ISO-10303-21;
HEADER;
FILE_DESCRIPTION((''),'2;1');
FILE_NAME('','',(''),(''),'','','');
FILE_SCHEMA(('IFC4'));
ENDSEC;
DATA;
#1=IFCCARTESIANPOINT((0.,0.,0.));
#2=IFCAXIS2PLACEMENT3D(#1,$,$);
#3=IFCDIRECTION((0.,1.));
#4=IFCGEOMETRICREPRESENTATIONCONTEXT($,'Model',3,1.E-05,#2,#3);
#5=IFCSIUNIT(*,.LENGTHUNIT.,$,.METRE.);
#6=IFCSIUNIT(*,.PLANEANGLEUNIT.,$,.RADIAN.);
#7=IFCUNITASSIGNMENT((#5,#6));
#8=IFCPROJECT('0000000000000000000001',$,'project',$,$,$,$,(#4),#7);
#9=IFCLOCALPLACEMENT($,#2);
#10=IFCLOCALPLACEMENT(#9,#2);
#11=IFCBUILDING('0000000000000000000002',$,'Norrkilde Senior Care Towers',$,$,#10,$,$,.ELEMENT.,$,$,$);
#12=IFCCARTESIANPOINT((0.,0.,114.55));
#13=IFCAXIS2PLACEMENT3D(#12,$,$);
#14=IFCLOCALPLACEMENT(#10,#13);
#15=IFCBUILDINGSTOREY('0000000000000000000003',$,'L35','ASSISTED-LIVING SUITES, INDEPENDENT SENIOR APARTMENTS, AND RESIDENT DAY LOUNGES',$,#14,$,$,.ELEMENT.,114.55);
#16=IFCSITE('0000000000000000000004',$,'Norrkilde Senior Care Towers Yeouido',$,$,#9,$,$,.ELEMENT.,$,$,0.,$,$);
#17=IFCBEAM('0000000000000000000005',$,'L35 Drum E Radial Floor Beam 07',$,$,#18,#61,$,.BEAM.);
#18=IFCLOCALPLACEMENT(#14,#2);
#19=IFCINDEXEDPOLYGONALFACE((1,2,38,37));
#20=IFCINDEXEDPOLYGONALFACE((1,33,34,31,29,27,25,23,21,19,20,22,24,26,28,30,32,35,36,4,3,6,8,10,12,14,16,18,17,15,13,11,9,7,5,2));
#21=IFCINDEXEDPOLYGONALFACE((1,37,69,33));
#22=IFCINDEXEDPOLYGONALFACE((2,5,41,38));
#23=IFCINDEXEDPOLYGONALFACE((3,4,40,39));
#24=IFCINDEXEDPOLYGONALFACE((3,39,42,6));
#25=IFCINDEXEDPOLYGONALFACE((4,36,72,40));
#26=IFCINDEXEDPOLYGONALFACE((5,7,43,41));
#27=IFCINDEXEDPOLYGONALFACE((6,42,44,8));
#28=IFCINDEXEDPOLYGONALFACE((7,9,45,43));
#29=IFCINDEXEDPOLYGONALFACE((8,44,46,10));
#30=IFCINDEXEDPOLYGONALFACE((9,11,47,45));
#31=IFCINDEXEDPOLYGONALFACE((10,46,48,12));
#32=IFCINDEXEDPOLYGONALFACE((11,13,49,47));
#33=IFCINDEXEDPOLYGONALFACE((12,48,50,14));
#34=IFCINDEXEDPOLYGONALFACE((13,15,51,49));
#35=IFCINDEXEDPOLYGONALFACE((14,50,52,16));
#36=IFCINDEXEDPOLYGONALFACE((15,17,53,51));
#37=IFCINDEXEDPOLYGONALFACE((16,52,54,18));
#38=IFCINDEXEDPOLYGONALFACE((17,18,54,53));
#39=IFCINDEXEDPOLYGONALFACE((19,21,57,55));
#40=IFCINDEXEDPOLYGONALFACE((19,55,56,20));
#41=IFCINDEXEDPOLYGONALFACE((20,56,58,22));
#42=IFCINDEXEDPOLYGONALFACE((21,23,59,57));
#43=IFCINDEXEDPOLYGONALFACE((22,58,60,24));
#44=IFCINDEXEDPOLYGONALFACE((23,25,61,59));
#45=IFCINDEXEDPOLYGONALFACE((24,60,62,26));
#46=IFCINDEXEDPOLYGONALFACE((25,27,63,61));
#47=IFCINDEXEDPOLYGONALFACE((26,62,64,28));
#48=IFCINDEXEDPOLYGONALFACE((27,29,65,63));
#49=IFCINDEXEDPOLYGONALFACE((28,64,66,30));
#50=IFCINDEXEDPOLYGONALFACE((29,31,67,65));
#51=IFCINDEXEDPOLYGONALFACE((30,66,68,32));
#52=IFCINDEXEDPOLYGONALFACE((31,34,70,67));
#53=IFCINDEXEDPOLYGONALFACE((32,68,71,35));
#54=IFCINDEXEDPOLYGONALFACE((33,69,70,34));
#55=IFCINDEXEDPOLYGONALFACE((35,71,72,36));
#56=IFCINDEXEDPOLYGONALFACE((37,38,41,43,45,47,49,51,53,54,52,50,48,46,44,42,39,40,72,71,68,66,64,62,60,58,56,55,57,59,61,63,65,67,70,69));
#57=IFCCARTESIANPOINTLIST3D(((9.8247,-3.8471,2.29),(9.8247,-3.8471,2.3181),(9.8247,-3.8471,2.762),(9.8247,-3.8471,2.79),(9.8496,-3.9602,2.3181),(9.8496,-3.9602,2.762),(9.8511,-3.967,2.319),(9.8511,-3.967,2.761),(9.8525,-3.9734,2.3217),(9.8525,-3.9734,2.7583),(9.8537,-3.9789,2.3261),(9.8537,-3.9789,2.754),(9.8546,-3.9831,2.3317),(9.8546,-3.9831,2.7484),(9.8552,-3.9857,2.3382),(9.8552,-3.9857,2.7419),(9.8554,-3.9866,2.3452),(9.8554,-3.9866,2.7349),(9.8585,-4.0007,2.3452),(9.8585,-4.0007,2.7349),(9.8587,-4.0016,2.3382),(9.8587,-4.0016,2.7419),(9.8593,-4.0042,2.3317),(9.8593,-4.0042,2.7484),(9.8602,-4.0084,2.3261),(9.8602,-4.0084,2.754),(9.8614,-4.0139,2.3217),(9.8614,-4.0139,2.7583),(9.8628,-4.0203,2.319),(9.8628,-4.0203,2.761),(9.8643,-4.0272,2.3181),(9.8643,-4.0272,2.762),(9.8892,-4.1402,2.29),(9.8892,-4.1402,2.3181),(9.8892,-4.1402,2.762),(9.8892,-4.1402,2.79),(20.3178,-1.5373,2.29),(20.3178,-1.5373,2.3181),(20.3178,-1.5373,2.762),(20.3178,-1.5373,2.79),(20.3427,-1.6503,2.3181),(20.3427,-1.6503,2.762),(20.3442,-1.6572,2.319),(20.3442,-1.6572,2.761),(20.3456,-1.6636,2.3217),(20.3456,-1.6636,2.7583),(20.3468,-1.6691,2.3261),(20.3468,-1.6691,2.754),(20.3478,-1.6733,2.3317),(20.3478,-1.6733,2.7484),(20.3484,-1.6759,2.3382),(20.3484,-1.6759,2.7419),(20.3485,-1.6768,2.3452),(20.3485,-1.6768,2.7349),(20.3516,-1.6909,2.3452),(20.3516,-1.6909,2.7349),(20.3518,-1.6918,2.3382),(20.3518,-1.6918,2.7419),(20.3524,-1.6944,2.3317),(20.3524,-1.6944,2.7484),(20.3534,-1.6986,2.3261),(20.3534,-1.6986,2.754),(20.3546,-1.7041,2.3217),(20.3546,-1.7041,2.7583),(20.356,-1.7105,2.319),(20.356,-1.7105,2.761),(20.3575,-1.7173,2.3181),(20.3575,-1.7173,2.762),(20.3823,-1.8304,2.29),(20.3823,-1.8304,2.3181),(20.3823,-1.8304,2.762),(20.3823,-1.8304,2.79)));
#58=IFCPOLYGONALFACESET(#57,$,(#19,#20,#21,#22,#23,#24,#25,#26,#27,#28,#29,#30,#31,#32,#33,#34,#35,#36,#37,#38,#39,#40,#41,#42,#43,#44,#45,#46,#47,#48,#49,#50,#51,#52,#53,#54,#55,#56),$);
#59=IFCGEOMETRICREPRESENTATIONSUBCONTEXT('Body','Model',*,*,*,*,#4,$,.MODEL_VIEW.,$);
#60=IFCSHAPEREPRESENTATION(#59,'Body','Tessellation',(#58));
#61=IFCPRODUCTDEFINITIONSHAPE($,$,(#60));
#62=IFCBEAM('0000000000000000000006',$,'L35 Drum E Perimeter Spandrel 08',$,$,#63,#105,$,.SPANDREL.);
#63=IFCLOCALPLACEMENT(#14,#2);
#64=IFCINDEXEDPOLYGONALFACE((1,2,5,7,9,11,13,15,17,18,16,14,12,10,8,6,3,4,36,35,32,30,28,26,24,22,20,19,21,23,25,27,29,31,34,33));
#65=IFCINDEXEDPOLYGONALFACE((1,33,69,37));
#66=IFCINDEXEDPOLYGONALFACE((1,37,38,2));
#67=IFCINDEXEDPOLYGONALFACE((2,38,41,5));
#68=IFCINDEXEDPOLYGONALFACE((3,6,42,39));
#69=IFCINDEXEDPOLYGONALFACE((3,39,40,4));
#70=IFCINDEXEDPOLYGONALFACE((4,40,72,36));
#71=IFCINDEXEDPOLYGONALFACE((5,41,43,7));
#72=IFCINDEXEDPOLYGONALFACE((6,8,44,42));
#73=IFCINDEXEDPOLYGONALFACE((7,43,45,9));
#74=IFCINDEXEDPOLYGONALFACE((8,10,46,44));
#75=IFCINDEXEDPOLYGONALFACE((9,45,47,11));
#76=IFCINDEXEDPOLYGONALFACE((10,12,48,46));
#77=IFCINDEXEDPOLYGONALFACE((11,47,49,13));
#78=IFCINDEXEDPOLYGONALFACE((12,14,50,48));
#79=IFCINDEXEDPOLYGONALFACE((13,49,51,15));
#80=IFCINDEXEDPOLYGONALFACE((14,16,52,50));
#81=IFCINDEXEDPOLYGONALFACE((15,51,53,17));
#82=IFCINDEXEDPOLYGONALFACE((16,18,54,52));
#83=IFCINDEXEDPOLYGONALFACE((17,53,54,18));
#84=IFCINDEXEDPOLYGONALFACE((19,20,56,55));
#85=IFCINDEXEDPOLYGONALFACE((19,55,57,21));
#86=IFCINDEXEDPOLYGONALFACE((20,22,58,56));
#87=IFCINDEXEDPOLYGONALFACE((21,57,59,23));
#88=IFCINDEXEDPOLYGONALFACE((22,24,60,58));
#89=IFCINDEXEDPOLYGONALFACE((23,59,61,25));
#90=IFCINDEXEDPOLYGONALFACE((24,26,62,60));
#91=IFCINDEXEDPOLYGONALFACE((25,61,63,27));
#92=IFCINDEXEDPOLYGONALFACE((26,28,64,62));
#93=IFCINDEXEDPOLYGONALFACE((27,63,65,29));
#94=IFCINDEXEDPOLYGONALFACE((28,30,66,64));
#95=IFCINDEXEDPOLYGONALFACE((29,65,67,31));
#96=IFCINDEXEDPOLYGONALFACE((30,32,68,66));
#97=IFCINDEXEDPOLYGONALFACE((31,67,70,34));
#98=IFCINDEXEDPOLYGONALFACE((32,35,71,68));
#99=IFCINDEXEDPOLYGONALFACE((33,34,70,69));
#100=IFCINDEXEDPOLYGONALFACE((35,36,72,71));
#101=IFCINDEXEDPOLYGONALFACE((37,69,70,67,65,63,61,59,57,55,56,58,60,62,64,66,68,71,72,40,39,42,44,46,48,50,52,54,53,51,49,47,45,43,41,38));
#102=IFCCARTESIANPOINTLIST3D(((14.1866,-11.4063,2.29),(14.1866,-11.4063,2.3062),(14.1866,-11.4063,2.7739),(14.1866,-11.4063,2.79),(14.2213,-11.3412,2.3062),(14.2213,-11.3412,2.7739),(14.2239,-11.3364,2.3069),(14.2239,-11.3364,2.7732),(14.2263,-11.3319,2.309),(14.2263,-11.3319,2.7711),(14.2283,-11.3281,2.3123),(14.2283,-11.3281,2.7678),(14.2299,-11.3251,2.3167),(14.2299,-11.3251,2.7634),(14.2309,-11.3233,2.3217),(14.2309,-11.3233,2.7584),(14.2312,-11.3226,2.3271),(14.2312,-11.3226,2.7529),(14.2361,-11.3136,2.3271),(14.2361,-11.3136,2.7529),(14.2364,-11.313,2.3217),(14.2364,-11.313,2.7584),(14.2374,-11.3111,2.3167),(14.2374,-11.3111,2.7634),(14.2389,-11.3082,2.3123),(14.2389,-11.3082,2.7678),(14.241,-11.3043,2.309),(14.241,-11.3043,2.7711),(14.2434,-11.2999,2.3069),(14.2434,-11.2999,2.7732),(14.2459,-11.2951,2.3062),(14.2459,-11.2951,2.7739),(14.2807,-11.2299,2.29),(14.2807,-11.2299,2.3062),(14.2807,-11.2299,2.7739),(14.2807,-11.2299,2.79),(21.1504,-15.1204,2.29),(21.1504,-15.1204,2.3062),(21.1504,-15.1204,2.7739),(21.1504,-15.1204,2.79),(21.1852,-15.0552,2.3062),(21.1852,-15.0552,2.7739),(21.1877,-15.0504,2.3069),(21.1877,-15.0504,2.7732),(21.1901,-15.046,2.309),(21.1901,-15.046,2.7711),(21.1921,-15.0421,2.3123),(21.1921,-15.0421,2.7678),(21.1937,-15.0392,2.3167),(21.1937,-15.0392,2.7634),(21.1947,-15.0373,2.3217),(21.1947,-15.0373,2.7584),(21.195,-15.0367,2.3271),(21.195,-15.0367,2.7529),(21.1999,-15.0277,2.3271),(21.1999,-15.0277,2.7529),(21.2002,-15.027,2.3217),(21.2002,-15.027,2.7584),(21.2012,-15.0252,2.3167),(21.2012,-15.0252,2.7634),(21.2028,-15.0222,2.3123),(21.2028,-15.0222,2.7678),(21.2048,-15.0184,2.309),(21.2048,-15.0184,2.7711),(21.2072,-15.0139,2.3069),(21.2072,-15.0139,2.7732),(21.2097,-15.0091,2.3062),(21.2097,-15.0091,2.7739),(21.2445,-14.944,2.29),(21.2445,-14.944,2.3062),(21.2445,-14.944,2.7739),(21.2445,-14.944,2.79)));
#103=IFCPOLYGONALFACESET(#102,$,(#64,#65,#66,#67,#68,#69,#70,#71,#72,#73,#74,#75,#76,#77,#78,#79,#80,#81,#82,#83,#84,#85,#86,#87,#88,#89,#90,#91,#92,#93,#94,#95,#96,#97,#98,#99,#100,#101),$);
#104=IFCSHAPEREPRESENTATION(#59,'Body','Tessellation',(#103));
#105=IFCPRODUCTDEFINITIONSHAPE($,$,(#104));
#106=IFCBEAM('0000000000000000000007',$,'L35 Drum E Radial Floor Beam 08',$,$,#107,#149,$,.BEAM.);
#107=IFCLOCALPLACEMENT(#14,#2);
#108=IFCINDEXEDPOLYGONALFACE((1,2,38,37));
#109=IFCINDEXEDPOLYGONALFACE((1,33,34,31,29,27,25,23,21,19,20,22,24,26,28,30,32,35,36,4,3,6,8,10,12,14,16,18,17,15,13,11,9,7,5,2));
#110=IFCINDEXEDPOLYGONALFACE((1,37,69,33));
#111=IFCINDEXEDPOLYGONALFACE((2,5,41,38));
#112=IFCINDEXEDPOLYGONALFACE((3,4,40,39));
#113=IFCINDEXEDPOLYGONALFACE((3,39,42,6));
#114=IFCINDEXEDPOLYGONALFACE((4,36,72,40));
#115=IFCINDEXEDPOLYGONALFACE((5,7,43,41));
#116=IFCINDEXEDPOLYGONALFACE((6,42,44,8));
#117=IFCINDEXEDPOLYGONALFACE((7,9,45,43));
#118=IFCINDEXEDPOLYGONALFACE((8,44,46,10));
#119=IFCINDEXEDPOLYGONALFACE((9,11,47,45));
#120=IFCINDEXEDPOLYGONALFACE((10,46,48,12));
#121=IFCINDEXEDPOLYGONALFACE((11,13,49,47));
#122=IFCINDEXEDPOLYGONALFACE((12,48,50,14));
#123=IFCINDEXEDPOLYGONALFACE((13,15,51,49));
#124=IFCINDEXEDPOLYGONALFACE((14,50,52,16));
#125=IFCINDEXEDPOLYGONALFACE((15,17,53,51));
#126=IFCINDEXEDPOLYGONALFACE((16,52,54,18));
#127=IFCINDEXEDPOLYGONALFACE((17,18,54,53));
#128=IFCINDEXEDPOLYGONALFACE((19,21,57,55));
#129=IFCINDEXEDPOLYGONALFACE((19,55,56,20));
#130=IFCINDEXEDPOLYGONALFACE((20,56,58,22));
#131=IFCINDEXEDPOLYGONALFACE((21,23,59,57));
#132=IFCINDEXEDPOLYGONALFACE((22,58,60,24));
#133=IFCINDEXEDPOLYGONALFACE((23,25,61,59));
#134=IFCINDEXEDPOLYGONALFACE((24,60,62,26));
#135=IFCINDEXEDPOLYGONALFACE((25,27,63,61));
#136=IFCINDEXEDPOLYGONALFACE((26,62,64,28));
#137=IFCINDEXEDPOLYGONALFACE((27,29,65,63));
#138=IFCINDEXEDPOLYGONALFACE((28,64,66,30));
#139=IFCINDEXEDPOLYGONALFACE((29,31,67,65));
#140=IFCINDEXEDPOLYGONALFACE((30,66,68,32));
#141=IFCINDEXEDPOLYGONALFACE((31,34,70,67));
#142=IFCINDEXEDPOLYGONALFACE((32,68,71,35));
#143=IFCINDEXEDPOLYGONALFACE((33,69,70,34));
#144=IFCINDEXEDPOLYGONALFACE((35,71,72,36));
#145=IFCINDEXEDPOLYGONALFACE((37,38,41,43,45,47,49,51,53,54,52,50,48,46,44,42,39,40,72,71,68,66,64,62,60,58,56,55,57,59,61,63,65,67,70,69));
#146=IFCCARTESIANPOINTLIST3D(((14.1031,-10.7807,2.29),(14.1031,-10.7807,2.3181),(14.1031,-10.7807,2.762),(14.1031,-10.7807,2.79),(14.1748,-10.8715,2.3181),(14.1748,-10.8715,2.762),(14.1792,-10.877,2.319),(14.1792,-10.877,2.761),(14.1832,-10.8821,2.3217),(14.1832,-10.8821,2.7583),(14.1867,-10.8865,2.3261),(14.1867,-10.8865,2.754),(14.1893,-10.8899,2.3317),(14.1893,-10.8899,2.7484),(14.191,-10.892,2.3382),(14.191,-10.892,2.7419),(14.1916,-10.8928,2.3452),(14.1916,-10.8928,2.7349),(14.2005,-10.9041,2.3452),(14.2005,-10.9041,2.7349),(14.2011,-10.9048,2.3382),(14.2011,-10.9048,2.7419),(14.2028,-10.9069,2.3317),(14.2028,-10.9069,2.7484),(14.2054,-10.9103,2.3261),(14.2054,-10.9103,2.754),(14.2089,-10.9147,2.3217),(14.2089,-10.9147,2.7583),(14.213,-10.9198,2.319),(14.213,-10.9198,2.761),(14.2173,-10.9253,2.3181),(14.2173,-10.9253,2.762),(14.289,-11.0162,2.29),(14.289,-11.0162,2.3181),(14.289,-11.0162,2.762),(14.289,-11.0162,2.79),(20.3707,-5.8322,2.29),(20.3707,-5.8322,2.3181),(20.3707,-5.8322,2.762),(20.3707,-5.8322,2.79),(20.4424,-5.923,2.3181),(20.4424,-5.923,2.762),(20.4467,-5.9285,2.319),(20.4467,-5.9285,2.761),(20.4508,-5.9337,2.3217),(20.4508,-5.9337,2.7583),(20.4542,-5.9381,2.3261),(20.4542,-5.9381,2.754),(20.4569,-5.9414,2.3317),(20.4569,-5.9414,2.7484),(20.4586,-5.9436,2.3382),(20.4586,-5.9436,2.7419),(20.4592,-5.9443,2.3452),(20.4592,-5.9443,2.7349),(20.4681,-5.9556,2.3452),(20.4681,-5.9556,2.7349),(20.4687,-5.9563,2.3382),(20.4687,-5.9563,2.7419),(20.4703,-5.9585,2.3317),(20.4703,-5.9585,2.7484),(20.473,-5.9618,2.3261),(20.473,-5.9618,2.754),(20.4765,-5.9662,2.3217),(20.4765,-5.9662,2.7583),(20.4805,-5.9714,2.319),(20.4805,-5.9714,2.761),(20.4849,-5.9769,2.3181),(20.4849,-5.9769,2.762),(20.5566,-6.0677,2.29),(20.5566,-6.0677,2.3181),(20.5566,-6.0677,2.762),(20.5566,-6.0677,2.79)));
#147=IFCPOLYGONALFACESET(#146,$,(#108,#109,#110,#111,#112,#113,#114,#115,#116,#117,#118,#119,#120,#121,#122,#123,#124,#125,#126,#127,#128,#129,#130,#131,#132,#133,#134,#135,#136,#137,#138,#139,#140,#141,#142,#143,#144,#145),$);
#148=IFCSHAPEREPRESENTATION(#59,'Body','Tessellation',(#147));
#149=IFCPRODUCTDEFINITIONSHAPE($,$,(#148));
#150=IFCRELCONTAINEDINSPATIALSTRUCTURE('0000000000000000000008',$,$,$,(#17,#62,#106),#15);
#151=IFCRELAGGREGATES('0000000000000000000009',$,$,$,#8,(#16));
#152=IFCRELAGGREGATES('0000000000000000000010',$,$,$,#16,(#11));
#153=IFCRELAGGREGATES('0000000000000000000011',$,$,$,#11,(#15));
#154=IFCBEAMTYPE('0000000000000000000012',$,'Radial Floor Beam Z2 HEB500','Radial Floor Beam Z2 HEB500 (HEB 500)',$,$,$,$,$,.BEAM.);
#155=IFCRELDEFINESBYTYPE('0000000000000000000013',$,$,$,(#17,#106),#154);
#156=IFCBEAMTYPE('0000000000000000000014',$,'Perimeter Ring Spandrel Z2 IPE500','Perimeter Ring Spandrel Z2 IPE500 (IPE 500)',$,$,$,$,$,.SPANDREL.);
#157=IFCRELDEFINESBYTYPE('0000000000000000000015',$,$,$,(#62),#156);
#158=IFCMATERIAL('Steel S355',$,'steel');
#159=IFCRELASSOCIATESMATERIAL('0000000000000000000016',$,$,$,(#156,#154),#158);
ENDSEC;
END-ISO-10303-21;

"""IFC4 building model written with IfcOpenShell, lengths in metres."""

from ifc_helpers import new_model, si_unit, direction, frame, origin, origin_2d, place, context, subcontext, project, spatial, i_section, extrude, source, transform, mapped, material, material_profile, profile_set, type_object, type_shapes, element, save


model = new_model("IFC4")

# Units and contexts
model_context = context("Model", 3, precision=1e-05, world=origin(), true_north=direction((0.0, 1.0)))
body_context = subcontext(model_context, "Body", "Model", "MODEL_VIEW")
ifc_project = project(units=[si_unit("LENGTHUNIT", "METRE"), si_unit("PLANEANGLEUNIT", "RADIAN")], contexts=[model_context])

# Site, building, storey
site_placement = place(None, origin())
site = spatial("IfcSite", under=ifc_project, at=site_placement, Name="Norrkilde Senior Care Towers Yeouido", CompositionType="ELEMENT", RefElevation=0.0)
building_placement = place(site_placement, origin())
building = spatial("IfcBuilding", under=site, at=building_placement, Name="Norrkilde Senior Care Towers", CompositionType="ELEMENT")
storey_placement = place(building_placement, frame((0.0, 0.0, 114.55)))
storey = spatial("IfcBuildingStorey", under=building, at=storey_placement, Name="L35", Description="ASSISTED-LIVING SUITES, INDEPENDENT SENIOR APARTMENTS, AND RESIDENT DAY LOUNGES", CompositionType="ELEMENT", Elevation=114.55)

# Beams
ifc_material_1 = material(Name="Steel S355", Category="steel")
ifc_material_profile_1 = material_profile(ifc_material_1, i_section(OverallWidth=0.2, OverallDepth=0.5, WebThickness=0.0103, FlangeThickness=0.0161, FilletRadius=0.021, at=origin_2d()), Name="IPE 500")
ifc_profile_set_1 = profile_set([ifc_material_profile_1], Name="Steel S355")
beam_type_1 = type_object("IfcBeamType", Name="Perimeter Ring Spandrel Z2 IPE500", Description="Perimeter Ring Spandrel Z2 IPE500 (IPE 500)", PredefinedType="SPANDREL", material=ifc_profile_set_1)
ifc_material_profile_2 = material_profile(ifc_material_1, i_section(OverallWidth=0.3, OverallDepth=0.5, WebThickness=0.0144, FlangeThickness=0.0281, FilletRadius=0.0271, at=origin_2d()), Name="HEB 500")
ifc_profile_set_2 = profile_set([ifc_material_profile_2], Name="Steel S355")
beam_type_2 = type_object("IfcBeamType", Name="Radial Floor Beam Z2 HEB500", Description="Radial Floor Beam Z2 HEB500 (HEB 500)", PredefinedType="BEAM", material=ifc_profile_set_2)
shared_shape_1 = source(origin(), body_context, "Body", "SweptSolid", [
    extrude(i_section(OverallWidth=0.3, OverallDepth=0.5, WebThickness=0.0144, FlangeThickness=0.0281, FilletRadius=0.0271, at=origin_2d()), origin(), (0.0, 0.0, 1.0), 10.7444),
])
beam_1_placement = place(storey_placement, frame((20.3501, -1.6838, 2.54), z_axis=(-0.976619, -0.214979, 0.0), x_axis=(0.214979, -0.976619, 0.0)))
element("IfcBeam", 1, at=beam_1_placement, inside=storey, type_object=beam_type_2, Name="L35 Drum E Radial Floor Beam 07", PredefinedType="BEAM", context=body_context, shape_type="MappedRepresentation", body=[
    mapped(shared_shape_1, transform((0.0, 0.0, 0.0), x_axis=(1.0, 0.0, 0.0), y_axis=(0.0, 1.0, 0.0), z_axis=(0.0, 0.0, 1.0), scale=1.0)),
])
shared_shape_2 = source(origin(), body_context, "Body", "SweptSolid", [
    extrude(i_section(OverallWidth=0.2, OverallDepth=0.5, WebThickness=0.0103, FlangeThickness=0.0161, FilletRadius=0.021, at=origin_2d()), origin(), (0.0, 0.0, 1.0), 7.8923),
])
beam_2_placement = place(storey_placement, frame((14.2336, -11.3181, 2.54), z_axis=(0.88235, -0.470593, 0.0), x_axis=(0.470593, 0.88235, 0.0)))
element("IfcBeam", 2, at=beam_2_placement, inside=storey, type_object=beam_type_1, Name="L35 Drum E Perimeter Spandrel 08", PredefinedType="SPANDREL", context=body_context, shape_type="MappedRepresentation", body=[
    mapped(shared_shape_2, transform((0.0, 0.0, 0.0), x_axis=(1.0, 0.0, 0.0), y_axis=(0.0, 1.0, 0.0), z_axis=(0.0, 0.0, 1.0), scale=1.0)),
])
shared_shape_3 = source(origin(), body_context, "Body", "SweptSolid", [
    extrude(i_section(OverallWidth=0.3, OverallDepth=0.5, WebThickness=0.0144, FlangeThickness=0.0281, FilletRadius=0.0271, at=origin_2d()), origin(), (0.0, 0.0, 1.0), 7.9856),
])
type_shapes(beam_type_2, [shared_shape_1, shared_shape_3])
beam_3_placement = place(storey_placement, frame((20.4636, -5.95, 2.54), z_axis=(-0.784859, -0.619675, 0.0), x_axis=(0.619675, -0.784859, 0.0)))
element("IfcBeam", 3, at=beam_3_placement, inside=storey, type_object=beam_type_2, Name="L35 Drum E Radial Floor Beam 08", PredefinedType="BEAM", context=body_context, shape_type="MappedRepresentation", body=[
    mapped(shared_shape_3, transform((0.0, 0.0, 0.0), x_axis=(1.0, 0.0, 0.0), y_axis=(0.0, 1.0, 0.0), z_axis=(0.0, 0.0, 1.0), scale=1.0)),
])

save(model, "model.ifc")
